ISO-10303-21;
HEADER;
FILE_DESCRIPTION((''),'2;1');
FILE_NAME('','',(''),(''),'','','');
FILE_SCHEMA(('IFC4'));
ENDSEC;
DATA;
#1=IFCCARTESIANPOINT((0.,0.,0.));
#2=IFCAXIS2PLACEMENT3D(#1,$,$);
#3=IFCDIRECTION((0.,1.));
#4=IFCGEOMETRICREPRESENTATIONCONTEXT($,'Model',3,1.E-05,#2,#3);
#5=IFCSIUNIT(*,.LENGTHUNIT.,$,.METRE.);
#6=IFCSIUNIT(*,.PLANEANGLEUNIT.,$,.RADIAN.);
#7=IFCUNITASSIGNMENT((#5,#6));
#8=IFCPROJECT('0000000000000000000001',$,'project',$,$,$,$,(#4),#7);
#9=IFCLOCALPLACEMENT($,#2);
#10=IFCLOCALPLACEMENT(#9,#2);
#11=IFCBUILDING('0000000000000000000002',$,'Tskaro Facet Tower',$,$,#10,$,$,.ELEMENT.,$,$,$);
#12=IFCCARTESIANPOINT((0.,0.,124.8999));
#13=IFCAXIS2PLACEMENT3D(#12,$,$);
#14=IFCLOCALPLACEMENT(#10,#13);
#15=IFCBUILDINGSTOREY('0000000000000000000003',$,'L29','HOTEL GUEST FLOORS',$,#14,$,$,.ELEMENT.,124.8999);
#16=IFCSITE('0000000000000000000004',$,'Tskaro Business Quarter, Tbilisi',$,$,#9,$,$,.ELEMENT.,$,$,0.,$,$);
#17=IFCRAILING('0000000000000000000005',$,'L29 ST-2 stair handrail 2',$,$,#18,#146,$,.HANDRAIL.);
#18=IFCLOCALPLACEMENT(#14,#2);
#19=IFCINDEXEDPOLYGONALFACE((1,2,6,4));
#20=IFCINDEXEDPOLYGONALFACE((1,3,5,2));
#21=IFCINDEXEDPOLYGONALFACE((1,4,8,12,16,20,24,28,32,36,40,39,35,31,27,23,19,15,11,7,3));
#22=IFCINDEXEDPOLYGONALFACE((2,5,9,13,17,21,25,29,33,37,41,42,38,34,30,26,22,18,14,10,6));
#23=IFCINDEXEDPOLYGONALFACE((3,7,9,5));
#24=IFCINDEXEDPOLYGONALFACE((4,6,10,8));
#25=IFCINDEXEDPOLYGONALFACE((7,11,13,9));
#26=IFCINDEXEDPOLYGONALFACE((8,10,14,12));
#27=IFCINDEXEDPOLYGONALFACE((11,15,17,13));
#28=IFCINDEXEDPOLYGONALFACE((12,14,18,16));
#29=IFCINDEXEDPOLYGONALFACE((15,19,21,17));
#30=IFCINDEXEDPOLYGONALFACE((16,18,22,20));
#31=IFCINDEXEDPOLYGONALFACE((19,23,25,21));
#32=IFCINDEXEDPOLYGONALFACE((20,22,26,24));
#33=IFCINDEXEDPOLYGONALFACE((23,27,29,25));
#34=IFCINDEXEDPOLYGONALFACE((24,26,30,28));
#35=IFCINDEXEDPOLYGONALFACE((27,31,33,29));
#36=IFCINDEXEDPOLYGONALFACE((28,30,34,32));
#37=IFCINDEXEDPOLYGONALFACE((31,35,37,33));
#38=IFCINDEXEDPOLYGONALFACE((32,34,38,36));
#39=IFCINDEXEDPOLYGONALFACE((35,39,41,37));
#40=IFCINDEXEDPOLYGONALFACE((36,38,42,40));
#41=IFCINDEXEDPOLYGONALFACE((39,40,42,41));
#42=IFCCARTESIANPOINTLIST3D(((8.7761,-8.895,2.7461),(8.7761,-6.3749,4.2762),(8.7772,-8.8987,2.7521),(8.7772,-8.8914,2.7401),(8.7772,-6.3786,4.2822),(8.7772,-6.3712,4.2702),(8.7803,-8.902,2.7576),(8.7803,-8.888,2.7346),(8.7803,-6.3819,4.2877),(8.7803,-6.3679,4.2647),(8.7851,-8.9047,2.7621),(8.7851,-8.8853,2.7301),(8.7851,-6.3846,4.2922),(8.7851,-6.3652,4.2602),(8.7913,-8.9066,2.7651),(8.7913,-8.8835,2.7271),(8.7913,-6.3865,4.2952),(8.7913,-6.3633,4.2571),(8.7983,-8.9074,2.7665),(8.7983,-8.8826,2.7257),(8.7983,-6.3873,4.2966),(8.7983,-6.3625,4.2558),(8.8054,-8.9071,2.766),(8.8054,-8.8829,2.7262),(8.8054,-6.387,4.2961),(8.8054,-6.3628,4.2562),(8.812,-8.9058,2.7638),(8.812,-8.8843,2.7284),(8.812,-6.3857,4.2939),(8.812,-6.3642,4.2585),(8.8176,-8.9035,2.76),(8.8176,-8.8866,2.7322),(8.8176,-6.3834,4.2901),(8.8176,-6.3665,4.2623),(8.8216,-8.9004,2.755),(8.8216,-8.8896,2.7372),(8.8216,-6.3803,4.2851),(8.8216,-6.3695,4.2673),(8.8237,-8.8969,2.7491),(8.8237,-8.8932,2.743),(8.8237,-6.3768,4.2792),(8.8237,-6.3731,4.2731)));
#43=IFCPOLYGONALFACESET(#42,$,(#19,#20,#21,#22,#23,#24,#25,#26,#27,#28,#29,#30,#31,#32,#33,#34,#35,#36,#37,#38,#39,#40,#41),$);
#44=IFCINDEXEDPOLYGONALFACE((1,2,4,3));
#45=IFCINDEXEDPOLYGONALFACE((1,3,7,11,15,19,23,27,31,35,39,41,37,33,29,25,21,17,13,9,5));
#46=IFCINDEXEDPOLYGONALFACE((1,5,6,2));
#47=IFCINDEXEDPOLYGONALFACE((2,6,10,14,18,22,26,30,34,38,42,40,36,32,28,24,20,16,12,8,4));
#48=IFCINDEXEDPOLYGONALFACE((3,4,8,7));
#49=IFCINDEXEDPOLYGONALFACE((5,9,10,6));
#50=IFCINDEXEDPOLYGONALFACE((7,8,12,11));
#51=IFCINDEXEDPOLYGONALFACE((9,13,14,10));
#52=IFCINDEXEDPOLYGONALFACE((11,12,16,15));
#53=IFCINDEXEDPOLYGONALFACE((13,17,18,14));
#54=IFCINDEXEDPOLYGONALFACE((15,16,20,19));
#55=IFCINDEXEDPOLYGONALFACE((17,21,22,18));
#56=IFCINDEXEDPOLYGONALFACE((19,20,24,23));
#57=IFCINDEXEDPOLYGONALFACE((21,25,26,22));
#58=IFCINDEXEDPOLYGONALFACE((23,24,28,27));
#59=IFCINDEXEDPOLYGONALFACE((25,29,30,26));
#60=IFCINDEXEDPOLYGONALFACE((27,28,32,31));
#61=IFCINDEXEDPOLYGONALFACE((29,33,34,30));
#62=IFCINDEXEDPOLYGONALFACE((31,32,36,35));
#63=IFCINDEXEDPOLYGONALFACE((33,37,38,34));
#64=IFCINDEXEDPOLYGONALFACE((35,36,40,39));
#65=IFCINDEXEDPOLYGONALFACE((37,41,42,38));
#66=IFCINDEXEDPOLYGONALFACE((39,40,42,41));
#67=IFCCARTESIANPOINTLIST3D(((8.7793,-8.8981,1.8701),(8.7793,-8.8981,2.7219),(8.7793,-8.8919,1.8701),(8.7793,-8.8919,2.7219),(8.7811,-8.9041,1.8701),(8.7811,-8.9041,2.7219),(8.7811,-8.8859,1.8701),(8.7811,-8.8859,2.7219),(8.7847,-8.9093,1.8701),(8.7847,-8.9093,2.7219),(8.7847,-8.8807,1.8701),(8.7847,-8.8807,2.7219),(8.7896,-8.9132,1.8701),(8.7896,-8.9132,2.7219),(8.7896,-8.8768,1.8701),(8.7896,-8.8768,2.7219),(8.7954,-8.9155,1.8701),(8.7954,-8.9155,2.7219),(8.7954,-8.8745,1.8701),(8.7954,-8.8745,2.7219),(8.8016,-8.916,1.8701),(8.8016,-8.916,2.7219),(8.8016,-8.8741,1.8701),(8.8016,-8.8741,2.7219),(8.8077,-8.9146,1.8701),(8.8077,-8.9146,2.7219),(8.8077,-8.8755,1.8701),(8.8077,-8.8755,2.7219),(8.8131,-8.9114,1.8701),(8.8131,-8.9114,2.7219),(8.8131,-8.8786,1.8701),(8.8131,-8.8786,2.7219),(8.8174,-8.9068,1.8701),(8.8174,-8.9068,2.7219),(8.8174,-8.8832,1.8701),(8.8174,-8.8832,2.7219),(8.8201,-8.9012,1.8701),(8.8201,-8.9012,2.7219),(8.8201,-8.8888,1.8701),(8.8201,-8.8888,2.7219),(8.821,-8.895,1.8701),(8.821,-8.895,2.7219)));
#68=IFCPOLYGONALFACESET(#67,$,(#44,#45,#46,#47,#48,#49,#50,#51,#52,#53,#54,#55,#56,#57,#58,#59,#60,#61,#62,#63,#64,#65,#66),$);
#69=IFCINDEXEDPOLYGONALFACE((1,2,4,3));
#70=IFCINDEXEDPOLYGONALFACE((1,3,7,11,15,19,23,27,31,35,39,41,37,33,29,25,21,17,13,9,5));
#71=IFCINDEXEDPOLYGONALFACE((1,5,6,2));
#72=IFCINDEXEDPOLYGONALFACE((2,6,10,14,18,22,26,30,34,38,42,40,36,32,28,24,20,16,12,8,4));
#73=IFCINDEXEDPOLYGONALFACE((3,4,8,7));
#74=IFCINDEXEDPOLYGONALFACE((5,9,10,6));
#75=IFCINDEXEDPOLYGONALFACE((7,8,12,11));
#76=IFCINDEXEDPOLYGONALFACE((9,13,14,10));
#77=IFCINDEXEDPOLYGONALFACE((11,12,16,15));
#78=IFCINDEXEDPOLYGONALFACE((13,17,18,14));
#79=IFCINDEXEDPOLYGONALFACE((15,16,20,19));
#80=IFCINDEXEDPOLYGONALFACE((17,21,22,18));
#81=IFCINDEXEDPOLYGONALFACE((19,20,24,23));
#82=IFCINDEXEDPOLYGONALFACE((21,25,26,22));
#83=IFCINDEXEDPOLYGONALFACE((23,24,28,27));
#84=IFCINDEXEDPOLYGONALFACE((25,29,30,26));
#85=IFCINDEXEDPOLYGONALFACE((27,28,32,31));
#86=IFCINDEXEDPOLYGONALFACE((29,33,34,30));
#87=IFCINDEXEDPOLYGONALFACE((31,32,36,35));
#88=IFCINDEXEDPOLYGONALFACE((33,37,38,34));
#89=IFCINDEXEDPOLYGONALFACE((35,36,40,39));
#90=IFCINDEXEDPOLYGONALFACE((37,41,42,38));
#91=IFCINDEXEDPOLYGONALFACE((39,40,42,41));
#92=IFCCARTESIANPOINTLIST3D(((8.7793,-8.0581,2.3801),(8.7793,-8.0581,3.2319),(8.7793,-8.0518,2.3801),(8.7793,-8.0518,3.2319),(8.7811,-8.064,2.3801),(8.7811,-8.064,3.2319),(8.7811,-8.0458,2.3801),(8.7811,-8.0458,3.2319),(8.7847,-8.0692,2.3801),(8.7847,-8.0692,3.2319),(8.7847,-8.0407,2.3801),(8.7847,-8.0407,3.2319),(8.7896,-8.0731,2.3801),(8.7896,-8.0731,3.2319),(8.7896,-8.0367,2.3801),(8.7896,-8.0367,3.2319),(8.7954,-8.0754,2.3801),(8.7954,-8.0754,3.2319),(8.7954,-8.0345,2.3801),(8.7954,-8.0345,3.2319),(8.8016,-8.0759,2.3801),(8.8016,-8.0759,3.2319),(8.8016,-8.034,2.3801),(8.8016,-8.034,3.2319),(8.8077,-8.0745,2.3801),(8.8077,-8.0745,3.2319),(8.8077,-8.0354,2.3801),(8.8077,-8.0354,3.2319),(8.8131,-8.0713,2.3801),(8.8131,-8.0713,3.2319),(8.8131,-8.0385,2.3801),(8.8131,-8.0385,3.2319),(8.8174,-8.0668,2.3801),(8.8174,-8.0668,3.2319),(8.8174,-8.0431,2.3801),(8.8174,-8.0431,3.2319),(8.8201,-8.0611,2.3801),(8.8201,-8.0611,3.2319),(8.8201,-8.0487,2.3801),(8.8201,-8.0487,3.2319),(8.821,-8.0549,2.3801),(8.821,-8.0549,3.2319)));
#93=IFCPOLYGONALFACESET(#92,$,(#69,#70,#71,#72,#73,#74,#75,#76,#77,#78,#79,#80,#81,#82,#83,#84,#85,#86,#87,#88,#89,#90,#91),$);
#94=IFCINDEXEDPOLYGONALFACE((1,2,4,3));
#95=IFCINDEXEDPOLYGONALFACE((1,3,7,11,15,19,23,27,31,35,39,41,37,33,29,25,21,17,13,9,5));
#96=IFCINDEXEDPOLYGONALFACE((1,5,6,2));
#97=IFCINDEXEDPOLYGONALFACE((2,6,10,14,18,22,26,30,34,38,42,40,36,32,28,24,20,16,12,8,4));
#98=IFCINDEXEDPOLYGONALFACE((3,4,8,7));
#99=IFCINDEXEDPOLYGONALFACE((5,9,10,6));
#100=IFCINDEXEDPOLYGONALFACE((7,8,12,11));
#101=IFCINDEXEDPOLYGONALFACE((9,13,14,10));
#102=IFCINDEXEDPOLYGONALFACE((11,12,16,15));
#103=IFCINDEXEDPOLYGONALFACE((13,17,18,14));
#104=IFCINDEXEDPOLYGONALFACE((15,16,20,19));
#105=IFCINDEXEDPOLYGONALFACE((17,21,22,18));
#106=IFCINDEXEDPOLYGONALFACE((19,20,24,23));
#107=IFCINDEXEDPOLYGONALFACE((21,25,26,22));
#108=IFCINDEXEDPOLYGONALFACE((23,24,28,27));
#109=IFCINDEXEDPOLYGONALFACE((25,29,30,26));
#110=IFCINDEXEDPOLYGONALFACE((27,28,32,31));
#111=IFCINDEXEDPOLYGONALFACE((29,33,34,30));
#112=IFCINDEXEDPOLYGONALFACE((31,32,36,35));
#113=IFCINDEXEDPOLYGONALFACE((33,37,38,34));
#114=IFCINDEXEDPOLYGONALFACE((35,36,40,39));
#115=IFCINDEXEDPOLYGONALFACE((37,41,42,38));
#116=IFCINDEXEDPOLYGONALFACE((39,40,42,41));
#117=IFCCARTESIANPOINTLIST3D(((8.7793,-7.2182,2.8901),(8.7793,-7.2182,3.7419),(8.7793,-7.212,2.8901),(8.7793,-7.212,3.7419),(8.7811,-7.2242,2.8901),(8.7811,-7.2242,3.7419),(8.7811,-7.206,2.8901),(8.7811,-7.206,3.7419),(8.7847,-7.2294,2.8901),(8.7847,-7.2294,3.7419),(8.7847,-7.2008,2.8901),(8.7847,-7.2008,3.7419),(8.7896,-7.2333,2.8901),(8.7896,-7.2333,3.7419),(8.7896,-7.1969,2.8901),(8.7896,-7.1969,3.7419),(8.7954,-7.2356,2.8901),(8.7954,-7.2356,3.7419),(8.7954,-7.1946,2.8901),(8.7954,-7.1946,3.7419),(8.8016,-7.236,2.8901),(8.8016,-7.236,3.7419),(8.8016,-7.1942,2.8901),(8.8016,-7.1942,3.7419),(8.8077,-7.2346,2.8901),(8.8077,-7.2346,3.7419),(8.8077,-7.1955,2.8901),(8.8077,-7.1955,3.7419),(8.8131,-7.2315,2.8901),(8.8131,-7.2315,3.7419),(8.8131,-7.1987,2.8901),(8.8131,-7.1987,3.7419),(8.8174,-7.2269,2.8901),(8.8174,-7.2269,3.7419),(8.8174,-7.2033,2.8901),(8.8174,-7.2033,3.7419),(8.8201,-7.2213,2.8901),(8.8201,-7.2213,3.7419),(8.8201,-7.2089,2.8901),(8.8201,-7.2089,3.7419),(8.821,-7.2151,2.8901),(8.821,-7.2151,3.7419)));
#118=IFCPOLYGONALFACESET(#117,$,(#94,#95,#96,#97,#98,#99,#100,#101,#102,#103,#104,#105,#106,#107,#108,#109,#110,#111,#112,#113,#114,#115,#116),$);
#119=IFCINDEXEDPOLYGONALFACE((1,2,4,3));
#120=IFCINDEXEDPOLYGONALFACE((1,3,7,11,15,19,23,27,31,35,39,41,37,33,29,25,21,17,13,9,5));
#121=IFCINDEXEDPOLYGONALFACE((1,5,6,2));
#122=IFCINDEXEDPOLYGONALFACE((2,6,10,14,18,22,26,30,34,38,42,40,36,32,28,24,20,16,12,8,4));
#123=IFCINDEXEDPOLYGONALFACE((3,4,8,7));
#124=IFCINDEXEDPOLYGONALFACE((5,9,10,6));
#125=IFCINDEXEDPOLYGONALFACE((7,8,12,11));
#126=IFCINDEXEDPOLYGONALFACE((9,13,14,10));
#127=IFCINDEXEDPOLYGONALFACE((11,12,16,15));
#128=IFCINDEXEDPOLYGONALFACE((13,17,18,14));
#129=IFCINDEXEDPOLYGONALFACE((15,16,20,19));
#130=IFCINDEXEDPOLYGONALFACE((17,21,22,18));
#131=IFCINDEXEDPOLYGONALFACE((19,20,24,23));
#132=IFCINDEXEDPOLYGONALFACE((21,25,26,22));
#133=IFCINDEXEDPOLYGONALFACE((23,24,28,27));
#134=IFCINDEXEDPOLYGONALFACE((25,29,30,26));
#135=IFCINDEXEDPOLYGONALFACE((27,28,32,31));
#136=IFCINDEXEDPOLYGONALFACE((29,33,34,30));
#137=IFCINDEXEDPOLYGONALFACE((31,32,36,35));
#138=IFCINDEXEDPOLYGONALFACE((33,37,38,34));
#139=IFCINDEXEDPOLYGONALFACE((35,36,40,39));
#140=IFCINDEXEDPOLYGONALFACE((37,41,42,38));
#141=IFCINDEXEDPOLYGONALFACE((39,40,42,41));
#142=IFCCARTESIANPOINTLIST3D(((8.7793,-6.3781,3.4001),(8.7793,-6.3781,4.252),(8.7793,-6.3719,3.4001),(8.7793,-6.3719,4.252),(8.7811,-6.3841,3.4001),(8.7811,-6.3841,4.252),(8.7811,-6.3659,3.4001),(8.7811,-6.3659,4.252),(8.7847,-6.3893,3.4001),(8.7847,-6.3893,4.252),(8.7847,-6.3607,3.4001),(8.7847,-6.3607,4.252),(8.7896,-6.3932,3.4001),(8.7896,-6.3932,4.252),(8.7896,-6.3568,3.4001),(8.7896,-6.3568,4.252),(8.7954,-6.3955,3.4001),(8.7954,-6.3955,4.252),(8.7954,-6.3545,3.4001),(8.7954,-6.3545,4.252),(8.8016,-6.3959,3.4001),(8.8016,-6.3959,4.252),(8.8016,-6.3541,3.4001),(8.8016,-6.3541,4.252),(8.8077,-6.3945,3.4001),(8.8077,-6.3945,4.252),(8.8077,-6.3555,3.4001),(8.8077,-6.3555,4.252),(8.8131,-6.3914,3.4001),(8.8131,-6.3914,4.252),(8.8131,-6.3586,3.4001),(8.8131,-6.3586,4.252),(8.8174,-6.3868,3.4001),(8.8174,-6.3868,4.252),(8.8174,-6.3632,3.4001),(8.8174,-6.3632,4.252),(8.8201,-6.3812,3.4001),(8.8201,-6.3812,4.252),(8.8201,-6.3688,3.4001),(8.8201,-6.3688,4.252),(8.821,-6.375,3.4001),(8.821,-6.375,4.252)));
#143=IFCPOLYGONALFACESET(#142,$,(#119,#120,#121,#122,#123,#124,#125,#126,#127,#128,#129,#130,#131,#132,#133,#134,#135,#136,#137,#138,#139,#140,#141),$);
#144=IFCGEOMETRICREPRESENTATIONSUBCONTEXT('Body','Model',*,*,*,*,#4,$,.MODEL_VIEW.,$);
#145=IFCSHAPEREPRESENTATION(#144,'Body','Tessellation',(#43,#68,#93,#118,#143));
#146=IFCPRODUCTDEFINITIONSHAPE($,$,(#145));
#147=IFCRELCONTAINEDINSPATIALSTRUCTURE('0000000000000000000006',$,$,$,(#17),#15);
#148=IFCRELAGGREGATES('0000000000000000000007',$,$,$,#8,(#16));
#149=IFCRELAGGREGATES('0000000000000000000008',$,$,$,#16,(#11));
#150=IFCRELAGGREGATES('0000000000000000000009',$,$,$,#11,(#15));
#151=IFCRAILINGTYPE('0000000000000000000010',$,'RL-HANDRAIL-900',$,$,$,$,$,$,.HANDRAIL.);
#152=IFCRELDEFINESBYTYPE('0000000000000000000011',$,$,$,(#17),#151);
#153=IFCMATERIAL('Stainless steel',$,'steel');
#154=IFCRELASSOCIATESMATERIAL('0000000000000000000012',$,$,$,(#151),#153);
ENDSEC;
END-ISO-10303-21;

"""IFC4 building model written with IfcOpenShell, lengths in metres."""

from ifc_helpers import new_model, si_unit, direction, frame, origin, origin_2d, place, context, subcontext, project, spatial, circle, extrude, material, type_object, element, save


model = new_model("IFC4")

# Units and contexts
model_context = context("Model", 3, precision=1e-05, world=origin(), true_north=direction((0.0, 1.0)))
body_context = subcontext(model_context, "Body", "Model", "MODEL_VIEW")
ifc_project = project(units=[si_unit("LENGTHUNIT", "METRE"), si_unit("PLANEANGLEUNIT", "RADIAN")], contexts=[model_context])

# Site, building, storey
site_placement = place(None, origin())
site = spatial("IfcSite", under=ifc_project, at=site_placement, Name="Tskaro Business Quarter, Tbilisi", CompositionType="ELEMENT", RefElevation=0.0)
building_placement = place(site_placement, origin())
building = spatial("IfcBuilding", under=site, at=building_placement, Name="Tskaro Facet Tower", CompositionType="ELEMENT")
storey_placement = place(building_placement, frame((0.0, 0.0, 124.8999)))
storey = spatial("IfcBuildingStorey", under=building, at=storey_placement, Name="L29", Description="HOTEL GUEST FLOORS", CompositionType="ELEMENT", Elevation=124.8999)

# Railing
ifc_material_1 = material(Name="Stainless steel", Category="steel")
railing_type_1 = type_object("IfcRailingType", Name="RL-HANDRAIL-900", PredefinedType="HANDRAIL", material=ifc_material_1)
railing_1_placement = place(storey_placement, frame((8.8, -8.895, 1.8701)))
element("IfcRailing", 1, at=railing_1_placement, inside=storey, type_object=railing_type_1, Name="L29 ST-2 stair handrail 2", PredefinedType="HANDRAIL", context=body_context, shape_type="SweptSolid", body=[
    extrude(circle(Radius=0.0239, at=origin_2d()), frame((0.0, 0.0, 0.876), z_axis=(0.0, 0.854785, 0.518982), x_axis=(-1.0, 0.0, 0.0)), (0.0, 0.0, 1.0), 2.9482),
    extrude(circle(Radius=0.021, at=origin_2d()), origin(), (0.0, 0.0, 1.0), 0.8518),
    extrude(circle(Radius=0.021, at=origin_2d()), frame((0.0, 0.8401, 0.51)), (0.0, 0.0, 1.0), 0.8518),
    extrude(circle(Radius=0.021, at=origin_2d()), frame((0.0, 1.6799, 1.02)), (0.0, 0.0, 1.0), 0.8518),
    extrude(circle(Radius=0.021, at=origin_2d()), frame((0.0, 2.52, 1.53)), (0.0, 0.0, 1.0), 0.8518),
])

save(model, "model.ifc")
